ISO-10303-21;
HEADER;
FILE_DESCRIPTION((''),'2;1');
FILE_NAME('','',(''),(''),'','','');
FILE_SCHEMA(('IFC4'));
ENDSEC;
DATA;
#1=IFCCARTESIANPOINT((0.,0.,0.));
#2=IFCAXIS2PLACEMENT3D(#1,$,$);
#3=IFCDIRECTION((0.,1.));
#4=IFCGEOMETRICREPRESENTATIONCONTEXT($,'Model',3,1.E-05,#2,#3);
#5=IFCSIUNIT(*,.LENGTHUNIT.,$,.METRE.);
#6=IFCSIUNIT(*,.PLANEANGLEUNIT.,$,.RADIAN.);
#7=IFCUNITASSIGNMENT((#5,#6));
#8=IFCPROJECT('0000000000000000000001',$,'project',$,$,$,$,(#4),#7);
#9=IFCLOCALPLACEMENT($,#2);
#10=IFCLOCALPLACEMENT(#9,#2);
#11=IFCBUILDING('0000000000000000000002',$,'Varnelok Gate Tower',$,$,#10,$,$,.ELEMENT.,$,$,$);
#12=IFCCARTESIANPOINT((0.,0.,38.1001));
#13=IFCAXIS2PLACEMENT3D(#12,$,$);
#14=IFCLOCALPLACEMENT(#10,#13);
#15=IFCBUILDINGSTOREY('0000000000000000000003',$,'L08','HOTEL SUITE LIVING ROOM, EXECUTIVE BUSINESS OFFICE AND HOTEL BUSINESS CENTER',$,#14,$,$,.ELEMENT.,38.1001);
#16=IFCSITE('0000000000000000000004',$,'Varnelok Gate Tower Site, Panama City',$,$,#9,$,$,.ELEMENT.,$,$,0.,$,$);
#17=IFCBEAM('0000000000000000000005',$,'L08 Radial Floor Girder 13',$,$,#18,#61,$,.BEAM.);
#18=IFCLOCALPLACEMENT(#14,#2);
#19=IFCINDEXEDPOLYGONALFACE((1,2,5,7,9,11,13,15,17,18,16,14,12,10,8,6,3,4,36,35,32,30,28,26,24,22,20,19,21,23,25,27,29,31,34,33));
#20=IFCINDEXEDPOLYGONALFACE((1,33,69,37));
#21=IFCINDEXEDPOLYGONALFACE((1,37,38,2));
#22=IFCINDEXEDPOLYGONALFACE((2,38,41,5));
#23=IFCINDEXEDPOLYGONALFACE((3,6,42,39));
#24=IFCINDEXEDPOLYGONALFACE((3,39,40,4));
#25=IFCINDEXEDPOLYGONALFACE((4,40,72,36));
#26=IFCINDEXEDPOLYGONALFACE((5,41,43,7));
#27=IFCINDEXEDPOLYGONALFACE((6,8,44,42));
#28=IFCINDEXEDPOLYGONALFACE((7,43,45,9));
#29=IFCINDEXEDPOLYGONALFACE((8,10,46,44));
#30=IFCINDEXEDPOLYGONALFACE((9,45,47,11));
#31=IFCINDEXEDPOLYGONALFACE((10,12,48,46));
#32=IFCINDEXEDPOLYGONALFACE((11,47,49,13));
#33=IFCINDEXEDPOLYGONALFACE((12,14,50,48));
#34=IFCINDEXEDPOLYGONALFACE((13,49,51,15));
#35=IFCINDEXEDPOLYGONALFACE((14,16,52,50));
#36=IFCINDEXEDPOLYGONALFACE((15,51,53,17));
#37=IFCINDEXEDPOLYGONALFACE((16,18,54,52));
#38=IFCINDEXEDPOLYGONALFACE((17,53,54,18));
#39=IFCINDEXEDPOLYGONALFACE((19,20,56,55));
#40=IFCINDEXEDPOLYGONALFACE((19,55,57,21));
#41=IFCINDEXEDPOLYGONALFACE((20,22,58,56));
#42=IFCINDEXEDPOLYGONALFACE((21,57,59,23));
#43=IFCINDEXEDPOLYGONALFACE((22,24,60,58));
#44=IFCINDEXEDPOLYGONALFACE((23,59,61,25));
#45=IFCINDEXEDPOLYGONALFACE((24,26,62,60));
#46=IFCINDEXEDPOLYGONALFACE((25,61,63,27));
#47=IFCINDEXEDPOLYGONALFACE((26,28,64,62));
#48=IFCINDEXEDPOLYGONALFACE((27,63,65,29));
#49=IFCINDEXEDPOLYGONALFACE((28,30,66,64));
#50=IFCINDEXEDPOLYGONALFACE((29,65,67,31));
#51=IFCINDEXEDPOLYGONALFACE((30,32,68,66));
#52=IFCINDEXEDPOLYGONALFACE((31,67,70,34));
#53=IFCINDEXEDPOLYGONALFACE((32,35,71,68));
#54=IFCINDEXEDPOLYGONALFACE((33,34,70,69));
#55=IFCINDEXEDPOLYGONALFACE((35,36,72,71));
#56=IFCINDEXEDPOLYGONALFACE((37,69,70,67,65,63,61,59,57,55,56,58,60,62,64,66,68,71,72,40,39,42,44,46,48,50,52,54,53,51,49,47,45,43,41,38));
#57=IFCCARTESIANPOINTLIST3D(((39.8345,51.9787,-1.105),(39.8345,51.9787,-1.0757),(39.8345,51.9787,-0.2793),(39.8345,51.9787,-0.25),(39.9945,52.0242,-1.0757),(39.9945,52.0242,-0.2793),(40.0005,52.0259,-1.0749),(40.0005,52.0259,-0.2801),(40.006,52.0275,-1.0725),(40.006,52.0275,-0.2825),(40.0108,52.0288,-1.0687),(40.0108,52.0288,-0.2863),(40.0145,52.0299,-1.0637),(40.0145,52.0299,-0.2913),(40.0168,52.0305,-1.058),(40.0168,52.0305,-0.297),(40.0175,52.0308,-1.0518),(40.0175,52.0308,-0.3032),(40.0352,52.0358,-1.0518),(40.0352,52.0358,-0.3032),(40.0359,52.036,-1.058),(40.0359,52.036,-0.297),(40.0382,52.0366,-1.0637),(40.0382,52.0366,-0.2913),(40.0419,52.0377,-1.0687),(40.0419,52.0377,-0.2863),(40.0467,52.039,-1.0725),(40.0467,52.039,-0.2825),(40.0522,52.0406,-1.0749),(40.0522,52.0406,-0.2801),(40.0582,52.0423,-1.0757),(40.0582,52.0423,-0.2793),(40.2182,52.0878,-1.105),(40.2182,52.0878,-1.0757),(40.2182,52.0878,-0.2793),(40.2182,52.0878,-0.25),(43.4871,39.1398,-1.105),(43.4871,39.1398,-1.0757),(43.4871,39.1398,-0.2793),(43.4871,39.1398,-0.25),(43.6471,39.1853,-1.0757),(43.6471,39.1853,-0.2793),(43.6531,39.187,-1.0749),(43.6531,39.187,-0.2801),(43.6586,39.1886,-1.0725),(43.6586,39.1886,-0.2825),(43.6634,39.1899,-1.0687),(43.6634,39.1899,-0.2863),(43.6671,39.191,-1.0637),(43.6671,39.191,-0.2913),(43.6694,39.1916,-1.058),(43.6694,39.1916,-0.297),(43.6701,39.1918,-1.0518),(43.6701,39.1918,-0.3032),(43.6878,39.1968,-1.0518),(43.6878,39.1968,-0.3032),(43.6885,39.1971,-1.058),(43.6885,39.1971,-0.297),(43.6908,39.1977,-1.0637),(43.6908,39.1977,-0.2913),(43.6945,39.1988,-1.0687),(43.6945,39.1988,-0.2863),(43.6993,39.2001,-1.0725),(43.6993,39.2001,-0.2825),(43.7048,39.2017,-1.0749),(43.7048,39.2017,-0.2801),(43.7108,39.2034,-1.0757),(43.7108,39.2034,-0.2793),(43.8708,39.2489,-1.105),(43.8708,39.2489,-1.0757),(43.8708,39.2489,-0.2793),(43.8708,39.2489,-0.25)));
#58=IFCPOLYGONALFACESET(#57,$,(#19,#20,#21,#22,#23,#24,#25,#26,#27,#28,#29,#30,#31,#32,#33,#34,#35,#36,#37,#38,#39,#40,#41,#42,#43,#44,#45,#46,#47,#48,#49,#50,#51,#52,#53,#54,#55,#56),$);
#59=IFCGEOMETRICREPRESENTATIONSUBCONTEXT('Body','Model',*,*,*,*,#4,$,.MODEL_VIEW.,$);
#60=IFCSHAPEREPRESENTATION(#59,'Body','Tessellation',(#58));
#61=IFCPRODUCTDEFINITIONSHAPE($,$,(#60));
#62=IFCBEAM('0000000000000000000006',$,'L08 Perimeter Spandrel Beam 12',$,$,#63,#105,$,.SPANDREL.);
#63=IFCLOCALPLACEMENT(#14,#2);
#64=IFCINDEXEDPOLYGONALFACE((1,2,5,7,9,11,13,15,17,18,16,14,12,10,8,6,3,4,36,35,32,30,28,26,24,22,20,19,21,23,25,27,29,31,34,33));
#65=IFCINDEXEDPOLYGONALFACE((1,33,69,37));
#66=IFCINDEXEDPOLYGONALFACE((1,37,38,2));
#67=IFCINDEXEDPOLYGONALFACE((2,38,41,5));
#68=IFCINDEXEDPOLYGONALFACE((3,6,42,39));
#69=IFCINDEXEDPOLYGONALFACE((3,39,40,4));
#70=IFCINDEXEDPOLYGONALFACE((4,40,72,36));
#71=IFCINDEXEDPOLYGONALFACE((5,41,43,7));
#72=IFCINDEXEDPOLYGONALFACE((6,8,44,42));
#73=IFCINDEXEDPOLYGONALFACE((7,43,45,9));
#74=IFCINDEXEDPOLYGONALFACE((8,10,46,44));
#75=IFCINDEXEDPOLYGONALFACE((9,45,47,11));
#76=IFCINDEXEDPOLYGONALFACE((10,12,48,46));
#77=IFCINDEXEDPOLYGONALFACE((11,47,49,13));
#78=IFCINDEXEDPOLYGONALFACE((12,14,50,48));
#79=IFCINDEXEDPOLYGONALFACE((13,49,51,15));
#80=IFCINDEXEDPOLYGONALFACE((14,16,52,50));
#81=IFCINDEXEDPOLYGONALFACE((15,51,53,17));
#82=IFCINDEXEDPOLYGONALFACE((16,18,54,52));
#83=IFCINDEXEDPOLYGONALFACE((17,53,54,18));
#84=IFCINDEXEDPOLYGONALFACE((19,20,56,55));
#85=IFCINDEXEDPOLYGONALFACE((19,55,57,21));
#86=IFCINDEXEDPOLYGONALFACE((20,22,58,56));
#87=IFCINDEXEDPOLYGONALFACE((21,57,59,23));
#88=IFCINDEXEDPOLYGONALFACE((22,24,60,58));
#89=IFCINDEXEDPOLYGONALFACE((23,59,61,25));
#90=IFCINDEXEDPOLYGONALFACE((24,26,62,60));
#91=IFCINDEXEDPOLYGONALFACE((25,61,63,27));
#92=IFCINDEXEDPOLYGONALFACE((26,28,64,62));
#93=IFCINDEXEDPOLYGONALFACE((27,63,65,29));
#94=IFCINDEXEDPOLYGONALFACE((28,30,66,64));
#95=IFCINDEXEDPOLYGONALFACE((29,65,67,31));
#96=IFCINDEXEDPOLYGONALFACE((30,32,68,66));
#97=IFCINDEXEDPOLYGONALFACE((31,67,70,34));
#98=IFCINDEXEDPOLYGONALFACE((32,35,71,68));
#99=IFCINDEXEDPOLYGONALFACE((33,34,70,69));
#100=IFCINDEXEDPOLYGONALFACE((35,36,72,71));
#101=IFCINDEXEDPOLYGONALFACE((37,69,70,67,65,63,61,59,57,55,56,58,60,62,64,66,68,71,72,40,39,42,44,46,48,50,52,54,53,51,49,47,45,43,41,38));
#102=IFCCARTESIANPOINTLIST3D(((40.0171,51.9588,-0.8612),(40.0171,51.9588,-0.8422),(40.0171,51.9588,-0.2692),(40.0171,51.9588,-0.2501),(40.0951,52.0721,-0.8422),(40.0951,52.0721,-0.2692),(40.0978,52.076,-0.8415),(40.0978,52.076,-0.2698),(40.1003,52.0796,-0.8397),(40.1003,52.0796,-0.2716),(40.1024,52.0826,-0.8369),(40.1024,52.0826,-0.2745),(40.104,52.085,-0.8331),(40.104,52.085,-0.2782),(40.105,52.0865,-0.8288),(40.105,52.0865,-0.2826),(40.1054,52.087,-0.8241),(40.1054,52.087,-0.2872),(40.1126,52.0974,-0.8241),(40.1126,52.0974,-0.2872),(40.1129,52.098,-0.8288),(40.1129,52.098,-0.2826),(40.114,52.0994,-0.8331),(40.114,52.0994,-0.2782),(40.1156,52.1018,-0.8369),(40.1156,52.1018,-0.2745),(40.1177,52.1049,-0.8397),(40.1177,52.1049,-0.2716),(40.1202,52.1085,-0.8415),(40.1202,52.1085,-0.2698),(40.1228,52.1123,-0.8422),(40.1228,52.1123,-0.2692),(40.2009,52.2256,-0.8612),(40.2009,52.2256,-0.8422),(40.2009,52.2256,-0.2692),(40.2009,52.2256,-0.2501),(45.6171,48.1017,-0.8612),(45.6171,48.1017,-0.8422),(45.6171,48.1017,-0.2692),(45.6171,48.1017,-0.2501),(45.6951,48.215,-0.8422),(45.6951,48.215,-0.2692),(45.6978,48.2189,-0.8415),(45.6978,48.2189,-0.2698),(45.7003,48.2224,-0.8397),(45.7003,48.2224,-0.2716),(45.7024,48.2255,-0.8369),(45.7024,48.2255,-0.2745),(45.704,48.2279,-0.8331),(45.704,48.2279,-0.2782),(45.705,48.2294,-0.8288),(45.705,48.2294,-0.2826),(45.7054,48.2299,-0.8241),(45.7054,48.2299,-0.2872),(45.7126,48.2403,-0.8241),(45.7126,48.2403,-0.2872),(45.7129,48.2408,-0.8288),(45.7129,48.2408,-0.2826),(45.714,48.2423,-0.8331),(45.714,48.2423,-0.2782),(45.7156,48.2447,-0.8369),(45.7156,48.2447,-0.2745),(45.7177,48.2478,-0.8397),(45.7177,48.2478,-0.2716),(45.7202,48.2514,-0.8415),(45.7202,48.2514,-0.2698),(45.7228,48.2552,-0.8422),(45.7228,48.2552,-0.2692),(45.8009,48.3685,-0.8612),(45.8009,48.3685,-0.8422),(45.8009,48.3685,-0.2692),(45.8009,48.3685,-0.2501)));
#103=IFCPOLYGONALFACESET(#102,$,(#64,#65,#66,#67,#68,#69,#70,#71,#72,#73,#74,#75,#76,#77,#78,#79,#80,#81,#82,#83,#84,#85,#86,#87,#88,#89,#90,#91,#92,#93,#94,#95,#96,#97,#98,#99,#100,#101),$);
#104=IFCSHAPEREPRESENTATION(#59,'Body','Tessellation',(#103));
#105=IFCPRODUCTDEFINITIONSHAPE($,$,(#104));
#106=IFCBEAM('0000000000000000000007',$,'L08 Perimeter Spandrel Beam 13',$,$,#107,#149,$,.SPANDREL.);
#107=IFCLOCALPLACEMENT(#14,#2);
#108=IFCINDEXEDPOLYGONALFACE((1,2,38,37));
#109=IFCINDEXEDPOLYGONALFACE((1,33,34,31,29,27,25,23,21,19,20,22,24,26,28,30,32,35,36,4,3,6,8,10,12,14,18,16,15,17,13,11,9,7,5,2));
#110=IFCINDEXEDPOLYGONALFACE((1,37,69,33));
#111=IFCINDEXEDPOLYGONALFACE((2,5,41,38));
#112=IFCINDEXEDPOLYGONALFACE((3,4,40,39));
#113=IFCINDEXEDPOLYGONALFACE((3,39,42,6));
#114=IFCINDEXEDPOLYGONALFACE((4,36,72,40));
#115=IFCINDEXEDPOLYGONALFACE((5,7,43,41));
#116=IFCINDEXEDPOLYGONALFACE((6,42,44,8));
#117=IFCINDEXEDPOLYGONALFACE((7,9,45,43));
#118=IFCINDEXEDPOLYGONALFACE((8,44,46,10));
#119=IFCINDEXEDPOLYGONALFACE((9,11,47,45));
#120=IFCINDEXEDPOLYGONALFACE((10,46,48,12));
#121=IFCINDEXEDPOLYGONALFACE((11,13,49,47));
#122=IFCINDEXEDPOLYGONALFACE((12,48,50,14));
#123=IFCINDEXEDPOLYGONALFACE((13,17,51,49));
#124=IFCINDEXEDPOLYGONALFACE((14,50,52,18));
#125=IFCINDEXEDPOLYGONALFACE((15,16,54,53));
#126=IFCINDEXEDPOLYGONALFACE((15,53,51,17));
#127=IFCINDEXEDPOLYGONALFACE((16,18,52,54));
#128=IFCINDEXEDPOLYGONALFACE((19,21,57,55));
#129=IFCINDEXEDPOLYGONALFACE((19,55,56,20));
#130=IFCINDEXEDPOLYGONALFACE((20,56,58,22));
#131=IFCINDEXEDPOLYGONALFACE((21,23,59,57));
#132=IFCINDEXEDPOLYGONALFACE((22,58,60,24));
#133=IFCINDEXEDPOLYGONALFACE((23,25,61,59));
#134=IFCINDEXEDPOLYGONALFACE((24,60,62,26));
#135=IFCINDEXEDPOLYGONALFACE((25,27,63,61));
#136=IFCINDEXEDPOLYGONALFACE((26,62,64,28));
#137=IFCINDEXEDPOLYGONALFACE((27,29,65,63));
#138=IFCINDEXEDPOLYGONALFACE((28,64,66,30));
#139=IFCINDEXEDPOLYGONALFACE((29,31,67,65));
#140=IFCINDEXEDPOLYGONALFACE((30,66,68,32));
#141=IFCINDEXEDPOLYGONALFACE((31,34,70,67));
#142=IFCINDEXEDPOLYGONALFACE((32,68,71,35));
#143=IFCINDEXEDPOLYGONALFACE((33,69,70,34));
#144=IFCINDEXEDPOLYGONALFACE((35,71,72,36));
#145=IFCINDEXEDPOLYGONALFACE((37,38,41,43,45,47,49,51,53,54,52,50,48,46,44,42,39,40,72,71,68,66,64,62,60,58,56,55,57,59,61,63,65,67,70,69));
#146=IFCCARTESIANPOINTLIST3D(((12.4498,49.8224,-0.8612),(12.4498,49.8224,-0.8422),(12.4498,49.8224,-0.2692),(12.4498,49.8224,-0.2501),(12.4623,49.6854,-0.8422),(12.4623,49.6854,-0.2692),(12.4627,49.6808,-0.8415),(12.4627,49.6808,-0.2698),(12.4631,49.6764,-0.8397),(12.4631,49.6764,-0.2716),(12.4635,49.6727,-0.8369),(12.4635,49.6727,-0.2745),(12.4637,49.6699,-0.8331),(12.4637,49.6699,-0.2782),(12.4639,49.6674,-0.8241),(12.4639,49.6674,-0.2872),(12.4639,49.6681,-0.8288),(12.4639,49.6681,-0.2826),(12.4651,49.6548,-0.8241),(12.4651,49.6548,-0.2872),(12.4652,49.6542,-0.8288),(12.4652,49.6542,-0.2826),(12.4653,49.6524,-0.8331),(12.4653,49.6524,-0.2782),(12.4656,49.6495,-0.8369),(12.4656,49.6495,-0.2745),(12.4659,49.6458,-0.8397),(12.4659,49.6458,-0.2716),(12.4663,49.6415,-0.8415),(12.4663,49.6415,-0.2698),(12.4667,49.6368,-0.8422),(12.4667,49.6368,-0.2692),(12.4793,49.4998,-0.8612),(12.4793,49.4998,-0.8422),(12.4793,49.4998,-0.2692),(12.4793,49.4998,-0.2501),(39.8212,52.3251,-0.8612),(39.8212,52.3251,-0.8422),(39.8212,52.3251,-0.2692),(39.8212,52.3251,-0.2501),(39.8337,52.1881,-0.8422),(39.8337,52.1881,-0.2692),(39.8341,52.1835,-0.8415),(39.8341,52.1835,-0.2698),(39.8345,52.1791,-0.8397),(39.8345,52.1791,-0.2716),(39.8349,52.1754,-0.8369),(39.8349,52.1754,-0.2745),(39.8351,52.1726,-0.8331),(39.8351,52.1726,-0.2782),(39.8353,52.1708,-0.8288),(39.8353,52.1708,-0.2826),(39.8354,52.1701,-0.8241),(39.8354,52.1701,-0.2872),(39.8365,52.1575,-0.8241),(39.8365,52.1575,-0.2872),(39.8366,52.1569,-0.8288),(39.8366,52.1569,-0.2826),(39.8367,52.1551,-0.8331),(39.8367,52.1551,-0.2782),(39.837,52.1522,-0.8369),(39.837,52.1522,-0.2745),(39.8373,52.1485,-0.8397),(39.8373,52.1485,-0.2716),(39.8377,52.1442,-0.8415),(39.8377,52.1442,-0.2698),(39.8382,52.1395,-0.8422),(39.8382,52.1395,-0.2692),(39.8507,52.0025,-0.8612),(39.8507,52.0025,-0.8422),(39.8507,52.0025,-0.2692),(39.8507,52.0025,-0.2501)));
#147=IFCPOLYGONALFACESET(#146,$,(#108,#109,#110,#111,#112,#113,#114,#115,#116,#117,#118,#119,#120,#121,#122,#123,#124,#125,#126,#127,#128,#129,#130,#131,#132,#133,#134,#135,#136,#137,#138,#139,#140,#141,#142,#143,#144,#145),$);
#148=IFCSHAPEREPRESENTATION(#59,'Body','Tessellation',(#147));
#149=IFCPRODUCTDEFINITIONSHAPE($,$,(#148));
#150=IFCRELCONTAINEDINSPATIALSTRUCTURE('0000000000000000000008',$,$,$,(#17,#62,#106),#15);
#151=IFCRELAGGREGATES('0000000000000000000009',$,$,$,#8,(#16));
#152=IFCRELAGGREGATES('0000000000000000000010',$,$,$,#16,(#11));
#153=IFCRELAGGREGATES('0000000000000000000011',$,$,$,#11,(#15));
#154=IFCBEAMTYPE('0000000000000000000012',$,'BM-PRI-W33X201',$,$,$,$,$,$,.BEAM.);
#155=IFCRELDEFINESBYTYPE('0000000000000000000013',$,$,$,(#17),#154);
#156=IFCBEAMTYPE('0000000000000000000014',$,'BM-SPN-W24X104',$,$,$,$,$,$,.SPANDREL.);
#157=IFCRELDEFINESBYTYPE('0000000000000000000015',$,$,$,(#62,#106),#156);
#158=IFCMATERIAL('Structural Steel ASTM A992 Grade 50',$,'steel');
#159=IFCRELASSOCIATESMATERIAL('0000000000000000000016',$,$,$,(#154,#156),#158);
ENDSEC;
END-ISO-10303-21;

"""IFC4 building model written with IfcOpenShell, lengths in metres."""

from ifc_helpers import new_model, si_unit, direction, frame, origin, origin_2d, place, context, subcontext, project, spatial, i_section, extrude, material, material_profile, profile_set, type_object, element, save


model = new_model("IFC4")

# Units and contexts
model_context = context("Model", 3, precision=1e-05, world=origin(), true_north=direction((0.0, 1.0)))
body_context = subcontext(model_context, "Body", "Model", "MODEL_VIEW")
ifc_project = project(units=[si_unit("LENGTHUNIT", "METRE"), si_unit("PLANEANGLEUNIT", "RADIAN")], contexts=[model_context])

# Site, building, storey
site_placement = place(None, origin())
site = spatial("IfcSite", under=ifc_project, at=site_placement, Name="Varnelok Gate Tower Site, Panama City", CompositionType="ELEMENT", RefElevation=0.0)
building_placement = place(site_placement, origin())
building = spatial("IfcBuilding", under=site, at=building_placement, Name="Varnelok Gate Tower", CompositionType="ELEMENT")
storey_placement = place(building_placement, frame((0.0, 0.0, 38.1001)))
storey = spatial("IfcBuildingStorey", under=building, at=storey_placement, Name="L08", Description="HOTEL SUITE LIVING ROOM, EXECUTIVE BUSINESS OFFICE AND HOTEL BUSINESS CENTER", CompositionType="ELEMENT", Elevation=38.1001)

# Shared definitions
ifc_material_1 = material(Name="Structural Steel ASTM A992 Grade 50", Category="steel")

# Beams
ifc_material_profile_1 = material_profile(ifc_material_1, i_section(OverallWidth=0.3989, OverallDepth=0.855, WebThickness=0.0183, FlangeThickness=0.0293, FilletRadius=0.0239, at=origin_2d()), Name="W33X201")
ifc_profile_set_1 = profile_set([ifc_material_profile_1], Name="Structural Steel ASTM A992 Grade 50")
beam_type_1 = type_object("IfcBeamType", Name="BM-PRI-W33X201", PredefinedType="BEAM", material=ifc_profile_set_1)
beam_1_placement = place(storey_placement, frame((43.679, 39.1943, -0.6775), z_axis=(-0.273636, 0.961833, 0.0), x_axis=(-0.961833, -0.273636, 0.0)))
element("IfcBeam", 1, at=beam_1_placement, inside=storey, type_object=beam_type_1, Name="L08 Radial Floor Girder 13", PredefinedType="BEAM", context=body_context, shape_type="SweptSolid", body=[
    extrude(i_section(OverallWidth=0.3989, OverallDepth=0.855, WebThickness=0.0183, FlangeThickness=0.0293, FilletRadius=0.0239, at=origin_2d()), origin(), (0.0, 0.0, 1.0), 13.3484),
])
ifc_material_profile_2 = material_profile(ifc_material_1, i_section(OverallWidth=0.324, OverallDepth=0.6111, WebThickness=0.0127, FlangeThickness=0.019, FilletRadius=0.0181, at=origin_2d()), Name="W24X104")
ifc_profile_set_2 = profile_set([ifc_material_profile_2], Name="Structural Steel ASTM A992 Grade 50")
beam_type_2 = type_object("IfcBeamType", Name="BM-SPN-W24X104", PredefinedType="SPANDREL", material=ifc_profile_set_2)
beam_2_placement = place(storey_placement, frame((45.709, 48.2351, -0.5557), z_axis=(-0.823553, 0.567239, 0.0), x_axis=(-0.567239, -0.823553, 0.0)))
element("IfcBeam", 2, at=beam_2_placement, inside=storey, type_object=beam_type_2, Name="L08 Perimeter Spandrel Beam 12", PredefinedType="SPANDREL", context=body_context, shape_type="SweptSolid", body=[
    extrude(i_section(OverallWidth=0.324, OverallDepth=0.6111, WebThickness=0.0127, FlangeThickness=0.019, FilletRadius=0.0181, at=origin_2d()), origin(), (0.0, 0.0, 1.0), 6.7998),
])
beam_3_placement = place(storey_placement, frame((39.8359, 52.1638, -0.5557), z_axis=(-0.995846, -0.091055, 0.0), x_axis=(0.091055, -0.995846, 0.0)))
element("IfcBeam", 3, at=beam_3_placement, inside=storey, type_object=beam_type_2, Name="L08 Perimeter Spandrel Beam 13", PredefinedType="SPANDREL", context=body_context, shape_type="SweptSolid", body=[
    extrude(i_section(OverallWidth=0.324, OverallDepth=0.6111, WebThickness=0.0127, FlangeThickness=0.019, FilletRadius=0.0181, at=origin_2d()), origin(), (0.0, 0.0, 1.0), 27.4856),
])

save(model, "model.ifc")
